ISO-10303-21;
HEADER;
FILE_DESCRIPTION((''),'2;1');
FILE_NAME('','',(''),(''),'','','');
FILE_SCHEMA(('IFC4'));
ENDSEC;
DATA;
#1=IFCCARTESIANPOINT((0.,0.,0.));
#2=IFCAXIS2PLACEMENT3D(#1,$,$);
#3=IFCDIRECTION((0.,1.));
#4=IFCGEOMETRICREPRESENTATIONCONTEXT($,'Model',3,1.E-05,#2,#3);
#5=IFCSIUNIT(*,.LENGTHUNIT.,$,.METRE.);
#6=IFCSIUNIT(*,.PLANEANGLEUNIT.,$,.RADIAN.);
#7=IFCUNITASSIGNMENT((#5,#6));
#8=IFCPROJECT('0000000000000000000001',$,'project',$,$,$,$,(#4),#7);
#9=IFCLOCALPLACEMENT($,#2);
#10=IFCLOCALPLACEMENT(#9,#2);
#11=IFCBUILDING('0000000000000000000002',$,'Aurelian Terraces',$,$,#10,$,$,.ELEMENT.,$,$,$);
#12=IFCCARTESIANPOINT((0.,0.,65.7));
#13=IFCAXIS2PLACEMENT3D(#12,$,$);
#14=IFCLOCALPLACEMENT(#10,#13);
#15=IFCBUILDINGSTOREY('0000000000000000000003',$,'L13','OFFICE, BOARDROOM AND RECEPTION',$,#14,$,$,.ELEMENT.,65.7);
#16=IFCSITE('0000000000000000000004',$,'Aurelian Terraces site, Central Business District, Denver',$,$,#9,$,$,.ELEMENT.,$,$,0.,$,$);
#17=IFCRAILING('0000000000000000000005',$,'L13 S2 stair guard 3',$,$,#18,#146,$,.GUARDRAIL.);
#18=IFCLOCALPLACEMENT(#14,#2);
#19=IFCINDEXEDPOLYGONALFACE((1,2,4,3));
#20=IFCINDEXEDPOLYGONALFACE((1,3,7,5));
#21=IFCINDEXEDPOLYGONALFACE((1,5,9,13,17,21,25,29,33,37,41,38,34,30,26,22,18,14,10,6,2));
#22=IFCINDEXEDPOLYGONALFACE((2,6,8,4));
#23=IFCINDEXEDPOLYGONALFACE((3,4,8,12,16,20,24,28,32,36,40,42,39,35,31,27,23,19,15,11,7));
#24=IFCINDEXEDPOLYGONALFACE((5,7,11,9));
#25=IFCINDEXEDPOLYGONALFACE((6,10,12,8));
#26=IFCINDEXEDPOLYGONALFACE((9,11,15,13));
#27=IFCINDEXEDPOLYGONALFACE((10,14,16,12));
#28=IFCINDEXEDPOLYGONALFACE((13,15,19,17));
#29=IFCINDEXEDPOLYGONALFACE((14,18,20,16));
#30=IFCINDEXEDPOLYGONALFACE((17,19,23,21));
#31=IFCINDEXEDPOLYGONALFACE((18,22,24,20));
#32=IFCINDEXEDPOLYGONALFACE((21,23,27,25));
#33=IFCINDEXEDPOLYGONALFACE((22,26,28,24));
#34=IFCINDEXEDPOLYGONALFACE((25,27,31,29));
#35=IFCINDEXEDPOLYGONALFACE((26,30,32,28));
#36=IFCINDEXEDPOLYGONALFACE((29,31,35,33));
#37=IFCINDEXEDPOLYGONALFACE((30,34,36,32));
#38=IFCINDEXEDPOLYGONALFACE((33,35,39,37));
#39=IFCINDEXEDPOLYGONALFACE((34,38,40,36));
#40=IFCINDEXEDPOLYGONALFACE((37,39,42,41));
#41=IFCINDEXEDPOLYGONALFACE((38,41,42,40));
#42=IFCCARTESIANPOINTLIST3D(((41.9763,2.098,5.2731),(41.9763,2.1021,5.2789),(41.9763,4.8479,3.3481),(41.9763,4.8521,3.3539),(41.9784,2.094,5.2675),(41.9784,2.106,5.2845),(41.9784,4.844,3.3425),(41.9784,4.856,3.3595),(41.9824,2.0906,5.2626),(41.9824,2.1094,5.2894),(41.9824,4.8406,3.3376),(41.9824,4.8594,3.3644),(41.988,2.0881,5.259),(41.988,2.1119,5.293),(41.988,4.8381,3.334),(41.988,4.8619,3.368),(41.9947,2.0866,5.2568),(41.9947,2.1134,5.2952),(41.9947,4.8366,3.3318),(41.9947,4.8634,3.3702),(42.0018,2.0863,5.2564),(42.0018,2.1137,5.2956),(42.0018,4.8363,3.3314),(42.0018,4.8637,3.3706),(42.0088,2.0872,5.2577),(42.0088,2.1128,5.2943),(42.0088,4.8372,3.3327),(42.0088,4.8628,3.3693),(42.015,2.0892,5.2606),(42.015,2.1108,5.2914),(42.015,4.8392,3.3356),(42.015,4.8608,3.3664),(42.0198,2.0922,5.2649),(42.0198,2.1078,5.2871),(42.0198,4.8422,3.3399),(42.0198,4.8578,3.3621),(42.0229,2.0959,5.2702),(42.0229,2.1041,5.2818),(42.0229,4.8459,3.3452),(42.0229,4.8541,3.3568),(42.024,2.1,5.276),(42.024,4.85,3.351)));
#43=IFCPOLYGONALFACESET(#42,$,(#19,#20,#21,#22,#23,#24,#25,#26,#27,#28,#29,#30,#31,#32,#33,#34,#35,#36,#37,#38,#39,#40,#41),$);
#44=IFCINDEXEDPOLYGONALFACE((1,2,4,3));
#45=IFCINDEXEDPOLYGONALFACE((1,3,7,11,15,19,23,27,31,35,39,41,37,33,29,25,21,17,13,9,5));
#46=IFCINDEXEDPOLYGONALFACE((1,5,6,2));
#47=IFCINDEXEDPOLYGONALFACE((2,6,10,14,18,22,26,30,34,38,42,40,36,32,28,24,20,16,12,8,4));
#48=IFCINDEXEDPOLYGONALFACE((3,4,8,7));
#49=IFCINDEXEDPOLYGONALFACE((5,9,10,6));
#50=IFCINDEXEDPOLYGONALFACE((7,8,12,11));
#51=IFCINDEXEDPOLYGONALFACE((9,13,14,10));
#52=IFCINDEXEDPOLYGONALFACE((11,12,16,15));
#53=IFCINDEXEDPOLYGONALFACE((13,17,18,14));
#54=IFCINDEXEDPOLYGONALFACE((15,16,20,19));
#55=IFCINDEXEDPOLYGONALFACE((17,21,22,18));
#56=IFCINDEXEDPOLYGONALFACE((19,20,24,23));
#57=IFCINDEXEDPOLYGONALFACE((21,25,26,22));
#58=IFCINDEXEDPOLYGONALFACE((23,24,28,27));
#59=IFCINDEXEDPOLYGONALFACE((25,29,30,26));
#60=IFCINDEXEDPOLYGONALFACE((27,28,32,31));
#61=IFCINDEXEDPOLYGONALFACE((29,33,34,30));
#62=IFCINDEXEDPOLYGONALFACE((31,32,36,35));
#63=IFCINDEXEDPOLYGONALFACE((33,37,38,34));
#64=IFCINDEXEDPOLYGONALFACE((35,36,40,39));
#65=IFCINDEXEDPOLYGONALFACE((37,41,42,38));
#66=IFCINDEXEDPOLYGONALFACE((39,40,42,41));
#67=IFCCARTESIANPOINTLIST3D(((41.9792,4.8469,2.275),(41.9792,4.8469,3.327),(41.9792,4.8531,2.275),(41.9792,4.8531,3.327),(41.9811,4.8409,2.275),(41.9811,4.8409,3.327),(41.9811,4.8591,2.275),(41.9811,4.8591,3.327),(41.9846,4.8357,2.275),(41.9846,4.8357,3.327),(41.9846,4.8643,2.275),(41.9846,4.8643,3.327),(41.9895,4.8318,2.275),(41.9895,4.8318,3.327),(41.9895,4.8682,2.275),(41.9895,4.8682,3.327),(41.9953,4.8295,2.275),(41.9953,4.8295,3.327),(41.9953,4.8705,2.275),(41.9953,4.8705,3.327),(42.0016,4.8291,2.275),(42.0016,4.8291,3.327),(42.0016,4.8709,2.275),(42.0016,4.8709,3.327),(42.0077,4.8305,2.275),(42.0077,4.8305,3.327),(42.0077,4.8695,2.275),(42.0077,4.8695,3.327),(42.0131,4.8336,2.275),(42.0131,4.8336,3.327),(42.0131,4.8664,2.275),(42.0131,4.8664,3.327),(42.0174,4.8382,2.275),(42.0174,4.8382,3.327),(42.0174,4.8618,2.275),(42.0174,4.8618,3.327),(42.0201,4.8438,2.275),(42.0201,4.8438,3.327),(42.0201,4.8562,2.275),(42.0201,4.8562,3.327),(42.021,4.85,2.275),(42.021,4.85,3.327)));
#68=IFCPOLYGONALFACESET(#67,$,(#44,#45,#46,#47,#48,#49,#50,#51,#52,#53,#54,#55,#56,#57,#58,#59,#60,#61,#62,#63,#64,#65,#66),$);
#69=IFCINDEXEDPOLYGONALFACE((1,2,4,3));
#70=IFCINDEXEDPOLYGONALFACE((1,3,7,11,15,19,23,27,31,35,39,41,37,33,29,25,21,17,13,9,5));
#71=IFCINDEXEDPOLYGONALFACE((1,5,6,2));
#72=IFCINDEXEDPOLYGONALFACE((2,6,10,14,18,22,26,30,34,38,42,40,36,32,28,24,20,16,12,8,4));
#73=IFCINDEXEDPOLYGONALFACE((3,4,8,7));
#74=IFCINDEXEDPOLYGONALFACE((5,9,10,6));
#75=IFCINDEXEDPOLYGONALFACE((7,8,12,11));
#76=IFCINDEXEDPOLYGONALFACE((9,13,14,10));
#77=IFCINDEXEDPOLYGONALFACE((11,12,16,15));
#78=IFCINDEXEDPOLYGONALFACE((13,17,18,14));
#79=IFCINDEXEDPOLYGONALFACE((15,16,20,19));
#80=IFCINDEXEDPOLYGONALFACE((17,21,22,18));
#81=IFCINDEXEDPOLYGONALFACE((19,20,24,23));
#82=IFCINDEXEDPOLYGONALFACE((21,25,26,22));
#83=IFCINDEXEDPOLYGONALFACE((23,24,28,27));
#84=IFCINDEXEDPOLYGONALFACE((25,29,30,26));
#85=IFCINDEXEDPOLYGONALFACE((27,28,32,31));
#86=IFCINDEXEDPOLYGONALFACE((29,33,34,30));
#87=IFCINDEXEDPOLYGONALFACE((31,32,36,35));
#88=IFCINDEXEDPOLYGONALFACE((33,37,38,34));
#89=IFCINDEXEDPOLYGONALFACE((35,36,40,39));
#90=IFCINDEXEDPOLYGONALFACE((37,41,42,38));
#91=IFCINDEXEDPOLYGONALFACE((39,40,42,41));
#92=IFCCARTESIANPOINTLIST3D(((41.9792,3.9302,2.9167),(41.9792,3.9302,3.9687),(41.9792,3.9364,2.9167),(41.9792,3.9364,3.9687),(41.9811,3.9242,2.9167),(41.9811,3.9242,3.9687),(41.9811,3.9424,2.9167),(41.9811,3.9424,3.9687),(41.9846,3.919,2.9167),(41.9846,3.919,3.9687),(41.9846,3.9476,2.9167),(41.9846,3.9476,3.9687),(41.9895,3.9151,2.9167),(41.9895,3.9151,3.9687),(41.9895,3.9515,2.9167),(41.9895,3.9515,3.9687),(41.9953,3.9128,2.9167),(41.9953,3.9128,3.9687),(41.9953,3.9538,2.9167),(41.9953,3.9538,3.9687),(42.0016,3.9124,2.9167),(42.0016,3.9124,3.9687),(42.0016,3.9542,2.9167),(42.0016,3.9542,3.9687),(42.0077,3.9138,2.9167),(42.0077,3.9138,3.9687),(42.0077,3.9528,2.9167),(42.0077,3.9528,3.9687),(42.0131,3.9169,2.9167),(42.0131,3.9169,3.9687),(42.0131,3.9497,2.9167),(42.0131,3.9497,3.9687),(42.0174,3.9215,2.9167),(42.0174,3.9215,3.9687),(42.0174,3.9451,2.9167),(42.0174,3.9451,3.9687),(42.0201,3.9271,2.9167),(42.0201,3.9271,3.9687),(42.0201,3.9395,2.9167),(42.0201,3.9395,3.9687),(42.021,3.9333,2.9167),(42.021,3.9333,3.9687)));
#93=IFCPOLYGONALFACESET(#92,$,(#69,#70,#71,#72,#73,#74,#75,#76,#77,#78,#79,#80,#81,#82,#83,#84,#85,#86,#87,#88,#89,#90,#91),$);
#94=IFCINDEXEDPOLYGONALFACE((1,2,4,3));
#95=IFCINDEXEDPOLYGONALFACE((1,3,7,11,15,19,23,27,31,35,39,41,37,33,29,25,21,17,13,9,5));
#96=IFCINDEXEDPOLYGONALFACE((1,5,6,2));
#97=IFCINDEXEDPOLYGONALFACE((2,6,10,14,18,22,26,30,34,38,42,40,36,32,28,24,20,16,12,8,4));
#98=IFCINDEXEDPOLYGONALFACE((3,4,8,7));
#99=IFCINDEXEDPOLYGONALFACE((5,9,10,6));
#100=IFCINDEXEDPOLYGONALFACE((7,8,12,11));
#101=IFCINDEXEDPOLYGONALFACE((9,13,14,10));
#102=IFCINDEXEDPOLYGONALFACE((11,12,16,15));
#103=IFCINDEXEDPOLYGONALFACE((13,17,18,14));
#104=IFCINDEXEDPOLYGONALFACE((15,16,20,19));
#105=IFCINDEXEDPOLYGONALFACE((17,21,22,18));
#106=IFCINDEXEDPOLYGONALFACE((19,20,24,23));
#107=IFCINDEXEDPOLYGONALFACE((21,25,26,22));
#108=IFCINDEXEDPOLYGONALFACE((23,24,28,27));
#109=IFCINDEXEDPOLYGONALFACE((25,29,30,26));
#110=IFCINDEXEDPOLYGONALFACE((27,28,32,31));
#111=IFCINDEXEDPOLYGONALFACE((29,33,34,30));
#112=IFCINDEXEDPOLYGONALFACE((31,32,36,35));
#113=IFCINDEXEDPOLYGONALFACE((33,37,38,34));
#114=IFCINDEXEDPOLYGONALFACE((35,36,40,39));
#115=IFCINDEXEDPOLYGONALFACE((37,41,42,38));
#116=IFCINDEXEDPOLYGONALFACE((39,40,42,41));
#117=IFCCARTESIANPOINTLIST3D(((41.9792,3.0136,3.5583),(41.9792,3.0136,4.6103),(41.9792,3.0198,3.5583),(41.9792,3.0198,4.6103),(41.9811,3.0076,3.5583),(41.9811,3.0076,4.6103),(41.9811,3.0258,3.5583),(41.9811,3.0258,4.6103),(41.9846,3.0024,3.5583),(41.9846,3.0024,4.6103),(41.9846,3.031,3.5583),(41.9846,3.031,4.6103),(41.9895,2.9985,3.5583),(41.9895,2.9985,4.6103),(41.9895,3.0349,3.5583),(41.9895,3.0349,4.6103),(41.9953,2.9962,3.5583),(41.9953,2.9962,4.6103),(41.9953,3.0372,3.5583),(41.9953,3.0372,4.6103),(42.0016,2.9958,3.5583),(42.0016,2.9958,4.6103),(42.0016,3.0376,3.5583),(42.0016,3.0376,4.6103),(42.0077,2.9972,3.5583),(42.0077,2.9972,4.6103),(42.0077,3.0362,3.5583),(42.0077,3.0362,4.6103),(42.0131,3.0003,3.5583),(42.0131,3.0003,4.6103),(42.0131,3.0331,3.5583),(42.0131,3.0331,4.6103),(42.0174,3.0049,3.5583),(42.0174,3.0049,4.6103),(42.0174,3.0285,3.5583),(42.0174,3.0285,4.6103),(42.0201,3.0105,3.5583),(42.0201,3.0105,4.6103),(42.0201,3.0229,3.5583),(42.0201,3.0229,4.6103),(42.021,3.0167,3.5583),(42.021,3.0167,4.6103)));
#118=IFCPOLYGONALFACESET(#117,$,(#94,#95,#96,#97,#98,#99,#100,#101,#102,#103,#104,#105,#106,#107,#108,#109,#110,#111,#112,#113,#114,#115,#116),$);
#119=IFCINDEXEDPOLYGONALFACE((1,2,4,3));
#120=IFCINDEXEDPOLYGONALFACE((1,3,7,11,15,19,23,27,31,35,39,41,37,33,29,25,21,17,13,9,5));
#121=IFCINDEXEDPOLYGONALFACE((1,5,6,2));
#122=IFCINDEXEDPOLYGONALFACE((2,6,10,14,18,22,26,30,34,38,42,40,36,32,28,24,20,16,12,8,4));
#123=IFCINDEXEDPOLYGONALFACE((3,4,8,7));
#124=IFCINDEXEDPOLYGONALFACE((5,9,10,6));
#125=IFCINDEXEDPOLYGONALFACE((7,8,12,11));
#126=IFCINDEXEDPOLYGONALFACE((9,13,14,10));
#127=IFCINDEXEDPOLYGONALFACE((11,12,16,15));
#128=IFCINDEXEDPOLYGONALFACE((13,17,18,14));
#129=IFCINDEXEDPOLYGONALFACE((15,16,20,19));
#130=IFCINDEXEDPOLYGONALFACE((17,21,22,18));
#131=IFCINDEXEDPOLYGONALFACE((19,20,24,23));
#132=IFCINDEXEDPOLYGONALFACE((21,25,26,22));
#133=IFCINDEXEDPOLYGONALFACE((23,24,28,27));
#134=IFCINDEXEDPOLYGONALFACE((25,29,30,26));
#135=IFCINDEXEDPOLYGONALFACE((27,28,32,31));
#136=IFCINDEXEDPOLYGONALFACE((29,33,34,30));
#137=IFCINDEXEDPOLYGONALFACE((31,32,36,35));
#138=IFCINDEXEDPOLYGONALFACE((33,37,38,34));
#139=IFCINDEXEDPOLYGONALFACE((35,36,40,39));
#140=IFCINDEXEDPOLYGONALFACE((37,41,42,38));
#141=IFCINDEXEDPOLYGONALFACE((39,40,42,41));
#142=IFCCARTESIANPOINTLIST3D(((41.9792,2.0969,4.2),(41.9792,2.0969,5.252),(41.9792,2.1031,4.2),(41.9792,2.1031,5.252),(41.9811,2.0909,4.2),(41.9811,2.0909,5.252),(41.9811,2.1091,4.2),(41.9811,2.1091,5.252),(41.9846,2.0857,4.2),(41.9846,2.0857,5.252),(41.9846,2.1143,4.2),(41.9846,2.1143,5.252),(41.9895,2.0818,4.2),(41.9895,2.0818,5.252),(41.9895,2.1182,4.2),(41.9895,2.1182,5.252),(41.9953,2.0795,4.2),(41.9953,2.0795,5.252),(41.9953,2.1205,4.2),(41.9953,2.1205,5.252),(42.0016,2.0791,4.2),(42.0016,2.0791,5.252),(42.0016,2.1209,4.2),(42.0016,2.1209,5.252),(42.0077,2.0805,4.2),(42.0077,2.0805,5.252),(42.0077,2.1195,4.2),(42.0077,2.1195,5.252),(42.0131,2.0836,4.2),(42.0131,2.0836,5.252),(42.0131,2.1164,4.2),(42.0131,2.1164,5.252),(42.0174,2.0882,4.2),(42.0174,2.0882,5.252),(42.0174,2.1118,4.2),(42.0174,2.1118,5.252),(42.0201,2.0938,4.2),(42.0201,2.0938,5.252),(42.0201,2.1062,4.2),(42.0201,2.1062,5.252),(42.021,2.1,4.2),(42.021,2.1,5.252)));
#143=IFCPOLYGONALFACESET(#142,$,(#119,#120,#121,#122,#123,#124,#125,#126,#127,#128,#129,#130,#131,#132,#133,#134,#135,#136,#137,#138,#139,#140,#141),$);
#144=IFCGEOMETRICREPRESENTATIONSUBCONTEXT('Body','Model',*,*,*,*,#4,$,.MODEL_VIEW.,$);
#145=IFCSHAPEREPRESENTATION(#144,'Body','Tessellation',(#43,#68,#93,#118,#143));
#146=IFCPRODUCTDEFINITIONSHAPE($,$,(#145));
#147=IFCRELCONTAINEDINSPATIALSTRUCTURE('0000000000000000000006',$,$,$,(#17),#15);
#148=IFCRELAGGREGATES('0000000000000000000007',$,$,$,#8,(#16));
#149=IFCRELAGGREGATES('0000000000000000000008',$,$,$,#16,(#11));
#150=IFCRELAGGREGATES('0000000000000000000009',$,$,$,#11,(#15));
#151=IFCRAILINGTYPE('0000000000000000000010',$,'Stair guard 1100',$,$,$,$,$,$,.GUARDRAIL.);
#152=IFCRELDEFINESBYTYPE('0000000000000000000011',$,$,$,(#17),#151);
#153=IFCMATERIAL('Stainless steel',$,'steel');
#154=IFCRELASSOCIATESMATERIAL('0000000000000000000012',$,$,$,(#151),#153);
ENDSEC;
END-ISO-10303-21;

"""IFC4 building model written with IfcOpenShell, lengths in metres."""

from ifc_helpers import new_model, si_unit, direction, frame, origin, origin_2d, place, context, subcontext, project, spatial, circle, extrude, source, transform, mapped, material, type_object, element, save


model = new_model("IFC4")

# Units and contexts
model_context = context("Model", 3, precision=1e-05, world=origin(), true_north=direction((0.0, 1.0)))
body_context = subcontext(model_context, "Body", "Model", "MODEL_VIEW")
ifc_project = project(units=[si_unit("LENGTHUNIT", "METRE"), si_unit("PLANEANGLEUNIT", "RADIAN")], contexts=[model_context])

# Site, building, storey
site_placement = place(None, origin())
site = spatial("IfcSite", under=ifc_project, at=site_placement, Name="Aurelian Terraces site, Central Business District, Denver", CompositionType="ELEMENT", RefElevation=0.0)
building_placement = place(site_placement, origin())
building = spatial("IfcBuilding", under=site, at=building_placement, Name="Aurelian Terraces", CompositionType="ELEMENT")
storey_placement = place(building_placement, frame((0.0, 0.0, 65.7)))
storey = spatial("IfcBuildingStorey", under=building, at=storey_placement, Name="L13", Description="OFFICE, BOARDROOM AND RECEPTION", CompositionType="ELEMENT", Elevation=65.7)

# Railing
ifc_material_1 = material(Name="Stainless steel", Category="steel")
railing_type_1 = type_object("IfcRailingType", Name="Stair guard 1100", PredefinedType="GUARDRAIL", material=ifc_material_1)
shared_shape_1 = source(origin(), body_context, "Body", "SweptSolid", [
    extrude(circle(Radius=0.024, at=origin_2d()), frame((0.0, 0.0, 1.076), z_axis=(0.0, -0.819232, 0.573462), x_axis=(1.0, 0.0, 0.0)), (0.0, 0.0, 1.0), 3.3568),
    extrude(circle(Radius=0.021, at=origin_2d()), origin(), (0.0, 0.0, 1.0), 1.052),
    extrude(circle(Radius=0.021, at=origin_2d()), frame((0.0, -0.9167, 0.6417)), (0.0, 0.0, 1.0), 1.052),
    extrude(circle(Radius=0.021, at=origin_2d()), frame((0.0, -1.8333, 1.2833)), (0.0, 0.0, 1.0), 1.052),
    extrude(circle(Radius=0.021, at=origin_2d()), frame((0.0, -2.75, 1.925)), (0.0, 0.0, 1.0), 1.052),
])
railing_1_placement = place(storey_placement, frame((42.0, 4.85, 2.275)))
element("IfcRailing", 1, at=railing_1_placement, inside=storey, type_object=railing_type_1, Name="L13 S2 stair guard 3", PredefinedType="GUARDRAIL", context=body_context, shape_type="MappedRepresentation", body=[
    mapped(shared_shape_1, transform((0.0, 0.0, 0.0), scale=1.0)),
])

save(model, "model.ifc")
